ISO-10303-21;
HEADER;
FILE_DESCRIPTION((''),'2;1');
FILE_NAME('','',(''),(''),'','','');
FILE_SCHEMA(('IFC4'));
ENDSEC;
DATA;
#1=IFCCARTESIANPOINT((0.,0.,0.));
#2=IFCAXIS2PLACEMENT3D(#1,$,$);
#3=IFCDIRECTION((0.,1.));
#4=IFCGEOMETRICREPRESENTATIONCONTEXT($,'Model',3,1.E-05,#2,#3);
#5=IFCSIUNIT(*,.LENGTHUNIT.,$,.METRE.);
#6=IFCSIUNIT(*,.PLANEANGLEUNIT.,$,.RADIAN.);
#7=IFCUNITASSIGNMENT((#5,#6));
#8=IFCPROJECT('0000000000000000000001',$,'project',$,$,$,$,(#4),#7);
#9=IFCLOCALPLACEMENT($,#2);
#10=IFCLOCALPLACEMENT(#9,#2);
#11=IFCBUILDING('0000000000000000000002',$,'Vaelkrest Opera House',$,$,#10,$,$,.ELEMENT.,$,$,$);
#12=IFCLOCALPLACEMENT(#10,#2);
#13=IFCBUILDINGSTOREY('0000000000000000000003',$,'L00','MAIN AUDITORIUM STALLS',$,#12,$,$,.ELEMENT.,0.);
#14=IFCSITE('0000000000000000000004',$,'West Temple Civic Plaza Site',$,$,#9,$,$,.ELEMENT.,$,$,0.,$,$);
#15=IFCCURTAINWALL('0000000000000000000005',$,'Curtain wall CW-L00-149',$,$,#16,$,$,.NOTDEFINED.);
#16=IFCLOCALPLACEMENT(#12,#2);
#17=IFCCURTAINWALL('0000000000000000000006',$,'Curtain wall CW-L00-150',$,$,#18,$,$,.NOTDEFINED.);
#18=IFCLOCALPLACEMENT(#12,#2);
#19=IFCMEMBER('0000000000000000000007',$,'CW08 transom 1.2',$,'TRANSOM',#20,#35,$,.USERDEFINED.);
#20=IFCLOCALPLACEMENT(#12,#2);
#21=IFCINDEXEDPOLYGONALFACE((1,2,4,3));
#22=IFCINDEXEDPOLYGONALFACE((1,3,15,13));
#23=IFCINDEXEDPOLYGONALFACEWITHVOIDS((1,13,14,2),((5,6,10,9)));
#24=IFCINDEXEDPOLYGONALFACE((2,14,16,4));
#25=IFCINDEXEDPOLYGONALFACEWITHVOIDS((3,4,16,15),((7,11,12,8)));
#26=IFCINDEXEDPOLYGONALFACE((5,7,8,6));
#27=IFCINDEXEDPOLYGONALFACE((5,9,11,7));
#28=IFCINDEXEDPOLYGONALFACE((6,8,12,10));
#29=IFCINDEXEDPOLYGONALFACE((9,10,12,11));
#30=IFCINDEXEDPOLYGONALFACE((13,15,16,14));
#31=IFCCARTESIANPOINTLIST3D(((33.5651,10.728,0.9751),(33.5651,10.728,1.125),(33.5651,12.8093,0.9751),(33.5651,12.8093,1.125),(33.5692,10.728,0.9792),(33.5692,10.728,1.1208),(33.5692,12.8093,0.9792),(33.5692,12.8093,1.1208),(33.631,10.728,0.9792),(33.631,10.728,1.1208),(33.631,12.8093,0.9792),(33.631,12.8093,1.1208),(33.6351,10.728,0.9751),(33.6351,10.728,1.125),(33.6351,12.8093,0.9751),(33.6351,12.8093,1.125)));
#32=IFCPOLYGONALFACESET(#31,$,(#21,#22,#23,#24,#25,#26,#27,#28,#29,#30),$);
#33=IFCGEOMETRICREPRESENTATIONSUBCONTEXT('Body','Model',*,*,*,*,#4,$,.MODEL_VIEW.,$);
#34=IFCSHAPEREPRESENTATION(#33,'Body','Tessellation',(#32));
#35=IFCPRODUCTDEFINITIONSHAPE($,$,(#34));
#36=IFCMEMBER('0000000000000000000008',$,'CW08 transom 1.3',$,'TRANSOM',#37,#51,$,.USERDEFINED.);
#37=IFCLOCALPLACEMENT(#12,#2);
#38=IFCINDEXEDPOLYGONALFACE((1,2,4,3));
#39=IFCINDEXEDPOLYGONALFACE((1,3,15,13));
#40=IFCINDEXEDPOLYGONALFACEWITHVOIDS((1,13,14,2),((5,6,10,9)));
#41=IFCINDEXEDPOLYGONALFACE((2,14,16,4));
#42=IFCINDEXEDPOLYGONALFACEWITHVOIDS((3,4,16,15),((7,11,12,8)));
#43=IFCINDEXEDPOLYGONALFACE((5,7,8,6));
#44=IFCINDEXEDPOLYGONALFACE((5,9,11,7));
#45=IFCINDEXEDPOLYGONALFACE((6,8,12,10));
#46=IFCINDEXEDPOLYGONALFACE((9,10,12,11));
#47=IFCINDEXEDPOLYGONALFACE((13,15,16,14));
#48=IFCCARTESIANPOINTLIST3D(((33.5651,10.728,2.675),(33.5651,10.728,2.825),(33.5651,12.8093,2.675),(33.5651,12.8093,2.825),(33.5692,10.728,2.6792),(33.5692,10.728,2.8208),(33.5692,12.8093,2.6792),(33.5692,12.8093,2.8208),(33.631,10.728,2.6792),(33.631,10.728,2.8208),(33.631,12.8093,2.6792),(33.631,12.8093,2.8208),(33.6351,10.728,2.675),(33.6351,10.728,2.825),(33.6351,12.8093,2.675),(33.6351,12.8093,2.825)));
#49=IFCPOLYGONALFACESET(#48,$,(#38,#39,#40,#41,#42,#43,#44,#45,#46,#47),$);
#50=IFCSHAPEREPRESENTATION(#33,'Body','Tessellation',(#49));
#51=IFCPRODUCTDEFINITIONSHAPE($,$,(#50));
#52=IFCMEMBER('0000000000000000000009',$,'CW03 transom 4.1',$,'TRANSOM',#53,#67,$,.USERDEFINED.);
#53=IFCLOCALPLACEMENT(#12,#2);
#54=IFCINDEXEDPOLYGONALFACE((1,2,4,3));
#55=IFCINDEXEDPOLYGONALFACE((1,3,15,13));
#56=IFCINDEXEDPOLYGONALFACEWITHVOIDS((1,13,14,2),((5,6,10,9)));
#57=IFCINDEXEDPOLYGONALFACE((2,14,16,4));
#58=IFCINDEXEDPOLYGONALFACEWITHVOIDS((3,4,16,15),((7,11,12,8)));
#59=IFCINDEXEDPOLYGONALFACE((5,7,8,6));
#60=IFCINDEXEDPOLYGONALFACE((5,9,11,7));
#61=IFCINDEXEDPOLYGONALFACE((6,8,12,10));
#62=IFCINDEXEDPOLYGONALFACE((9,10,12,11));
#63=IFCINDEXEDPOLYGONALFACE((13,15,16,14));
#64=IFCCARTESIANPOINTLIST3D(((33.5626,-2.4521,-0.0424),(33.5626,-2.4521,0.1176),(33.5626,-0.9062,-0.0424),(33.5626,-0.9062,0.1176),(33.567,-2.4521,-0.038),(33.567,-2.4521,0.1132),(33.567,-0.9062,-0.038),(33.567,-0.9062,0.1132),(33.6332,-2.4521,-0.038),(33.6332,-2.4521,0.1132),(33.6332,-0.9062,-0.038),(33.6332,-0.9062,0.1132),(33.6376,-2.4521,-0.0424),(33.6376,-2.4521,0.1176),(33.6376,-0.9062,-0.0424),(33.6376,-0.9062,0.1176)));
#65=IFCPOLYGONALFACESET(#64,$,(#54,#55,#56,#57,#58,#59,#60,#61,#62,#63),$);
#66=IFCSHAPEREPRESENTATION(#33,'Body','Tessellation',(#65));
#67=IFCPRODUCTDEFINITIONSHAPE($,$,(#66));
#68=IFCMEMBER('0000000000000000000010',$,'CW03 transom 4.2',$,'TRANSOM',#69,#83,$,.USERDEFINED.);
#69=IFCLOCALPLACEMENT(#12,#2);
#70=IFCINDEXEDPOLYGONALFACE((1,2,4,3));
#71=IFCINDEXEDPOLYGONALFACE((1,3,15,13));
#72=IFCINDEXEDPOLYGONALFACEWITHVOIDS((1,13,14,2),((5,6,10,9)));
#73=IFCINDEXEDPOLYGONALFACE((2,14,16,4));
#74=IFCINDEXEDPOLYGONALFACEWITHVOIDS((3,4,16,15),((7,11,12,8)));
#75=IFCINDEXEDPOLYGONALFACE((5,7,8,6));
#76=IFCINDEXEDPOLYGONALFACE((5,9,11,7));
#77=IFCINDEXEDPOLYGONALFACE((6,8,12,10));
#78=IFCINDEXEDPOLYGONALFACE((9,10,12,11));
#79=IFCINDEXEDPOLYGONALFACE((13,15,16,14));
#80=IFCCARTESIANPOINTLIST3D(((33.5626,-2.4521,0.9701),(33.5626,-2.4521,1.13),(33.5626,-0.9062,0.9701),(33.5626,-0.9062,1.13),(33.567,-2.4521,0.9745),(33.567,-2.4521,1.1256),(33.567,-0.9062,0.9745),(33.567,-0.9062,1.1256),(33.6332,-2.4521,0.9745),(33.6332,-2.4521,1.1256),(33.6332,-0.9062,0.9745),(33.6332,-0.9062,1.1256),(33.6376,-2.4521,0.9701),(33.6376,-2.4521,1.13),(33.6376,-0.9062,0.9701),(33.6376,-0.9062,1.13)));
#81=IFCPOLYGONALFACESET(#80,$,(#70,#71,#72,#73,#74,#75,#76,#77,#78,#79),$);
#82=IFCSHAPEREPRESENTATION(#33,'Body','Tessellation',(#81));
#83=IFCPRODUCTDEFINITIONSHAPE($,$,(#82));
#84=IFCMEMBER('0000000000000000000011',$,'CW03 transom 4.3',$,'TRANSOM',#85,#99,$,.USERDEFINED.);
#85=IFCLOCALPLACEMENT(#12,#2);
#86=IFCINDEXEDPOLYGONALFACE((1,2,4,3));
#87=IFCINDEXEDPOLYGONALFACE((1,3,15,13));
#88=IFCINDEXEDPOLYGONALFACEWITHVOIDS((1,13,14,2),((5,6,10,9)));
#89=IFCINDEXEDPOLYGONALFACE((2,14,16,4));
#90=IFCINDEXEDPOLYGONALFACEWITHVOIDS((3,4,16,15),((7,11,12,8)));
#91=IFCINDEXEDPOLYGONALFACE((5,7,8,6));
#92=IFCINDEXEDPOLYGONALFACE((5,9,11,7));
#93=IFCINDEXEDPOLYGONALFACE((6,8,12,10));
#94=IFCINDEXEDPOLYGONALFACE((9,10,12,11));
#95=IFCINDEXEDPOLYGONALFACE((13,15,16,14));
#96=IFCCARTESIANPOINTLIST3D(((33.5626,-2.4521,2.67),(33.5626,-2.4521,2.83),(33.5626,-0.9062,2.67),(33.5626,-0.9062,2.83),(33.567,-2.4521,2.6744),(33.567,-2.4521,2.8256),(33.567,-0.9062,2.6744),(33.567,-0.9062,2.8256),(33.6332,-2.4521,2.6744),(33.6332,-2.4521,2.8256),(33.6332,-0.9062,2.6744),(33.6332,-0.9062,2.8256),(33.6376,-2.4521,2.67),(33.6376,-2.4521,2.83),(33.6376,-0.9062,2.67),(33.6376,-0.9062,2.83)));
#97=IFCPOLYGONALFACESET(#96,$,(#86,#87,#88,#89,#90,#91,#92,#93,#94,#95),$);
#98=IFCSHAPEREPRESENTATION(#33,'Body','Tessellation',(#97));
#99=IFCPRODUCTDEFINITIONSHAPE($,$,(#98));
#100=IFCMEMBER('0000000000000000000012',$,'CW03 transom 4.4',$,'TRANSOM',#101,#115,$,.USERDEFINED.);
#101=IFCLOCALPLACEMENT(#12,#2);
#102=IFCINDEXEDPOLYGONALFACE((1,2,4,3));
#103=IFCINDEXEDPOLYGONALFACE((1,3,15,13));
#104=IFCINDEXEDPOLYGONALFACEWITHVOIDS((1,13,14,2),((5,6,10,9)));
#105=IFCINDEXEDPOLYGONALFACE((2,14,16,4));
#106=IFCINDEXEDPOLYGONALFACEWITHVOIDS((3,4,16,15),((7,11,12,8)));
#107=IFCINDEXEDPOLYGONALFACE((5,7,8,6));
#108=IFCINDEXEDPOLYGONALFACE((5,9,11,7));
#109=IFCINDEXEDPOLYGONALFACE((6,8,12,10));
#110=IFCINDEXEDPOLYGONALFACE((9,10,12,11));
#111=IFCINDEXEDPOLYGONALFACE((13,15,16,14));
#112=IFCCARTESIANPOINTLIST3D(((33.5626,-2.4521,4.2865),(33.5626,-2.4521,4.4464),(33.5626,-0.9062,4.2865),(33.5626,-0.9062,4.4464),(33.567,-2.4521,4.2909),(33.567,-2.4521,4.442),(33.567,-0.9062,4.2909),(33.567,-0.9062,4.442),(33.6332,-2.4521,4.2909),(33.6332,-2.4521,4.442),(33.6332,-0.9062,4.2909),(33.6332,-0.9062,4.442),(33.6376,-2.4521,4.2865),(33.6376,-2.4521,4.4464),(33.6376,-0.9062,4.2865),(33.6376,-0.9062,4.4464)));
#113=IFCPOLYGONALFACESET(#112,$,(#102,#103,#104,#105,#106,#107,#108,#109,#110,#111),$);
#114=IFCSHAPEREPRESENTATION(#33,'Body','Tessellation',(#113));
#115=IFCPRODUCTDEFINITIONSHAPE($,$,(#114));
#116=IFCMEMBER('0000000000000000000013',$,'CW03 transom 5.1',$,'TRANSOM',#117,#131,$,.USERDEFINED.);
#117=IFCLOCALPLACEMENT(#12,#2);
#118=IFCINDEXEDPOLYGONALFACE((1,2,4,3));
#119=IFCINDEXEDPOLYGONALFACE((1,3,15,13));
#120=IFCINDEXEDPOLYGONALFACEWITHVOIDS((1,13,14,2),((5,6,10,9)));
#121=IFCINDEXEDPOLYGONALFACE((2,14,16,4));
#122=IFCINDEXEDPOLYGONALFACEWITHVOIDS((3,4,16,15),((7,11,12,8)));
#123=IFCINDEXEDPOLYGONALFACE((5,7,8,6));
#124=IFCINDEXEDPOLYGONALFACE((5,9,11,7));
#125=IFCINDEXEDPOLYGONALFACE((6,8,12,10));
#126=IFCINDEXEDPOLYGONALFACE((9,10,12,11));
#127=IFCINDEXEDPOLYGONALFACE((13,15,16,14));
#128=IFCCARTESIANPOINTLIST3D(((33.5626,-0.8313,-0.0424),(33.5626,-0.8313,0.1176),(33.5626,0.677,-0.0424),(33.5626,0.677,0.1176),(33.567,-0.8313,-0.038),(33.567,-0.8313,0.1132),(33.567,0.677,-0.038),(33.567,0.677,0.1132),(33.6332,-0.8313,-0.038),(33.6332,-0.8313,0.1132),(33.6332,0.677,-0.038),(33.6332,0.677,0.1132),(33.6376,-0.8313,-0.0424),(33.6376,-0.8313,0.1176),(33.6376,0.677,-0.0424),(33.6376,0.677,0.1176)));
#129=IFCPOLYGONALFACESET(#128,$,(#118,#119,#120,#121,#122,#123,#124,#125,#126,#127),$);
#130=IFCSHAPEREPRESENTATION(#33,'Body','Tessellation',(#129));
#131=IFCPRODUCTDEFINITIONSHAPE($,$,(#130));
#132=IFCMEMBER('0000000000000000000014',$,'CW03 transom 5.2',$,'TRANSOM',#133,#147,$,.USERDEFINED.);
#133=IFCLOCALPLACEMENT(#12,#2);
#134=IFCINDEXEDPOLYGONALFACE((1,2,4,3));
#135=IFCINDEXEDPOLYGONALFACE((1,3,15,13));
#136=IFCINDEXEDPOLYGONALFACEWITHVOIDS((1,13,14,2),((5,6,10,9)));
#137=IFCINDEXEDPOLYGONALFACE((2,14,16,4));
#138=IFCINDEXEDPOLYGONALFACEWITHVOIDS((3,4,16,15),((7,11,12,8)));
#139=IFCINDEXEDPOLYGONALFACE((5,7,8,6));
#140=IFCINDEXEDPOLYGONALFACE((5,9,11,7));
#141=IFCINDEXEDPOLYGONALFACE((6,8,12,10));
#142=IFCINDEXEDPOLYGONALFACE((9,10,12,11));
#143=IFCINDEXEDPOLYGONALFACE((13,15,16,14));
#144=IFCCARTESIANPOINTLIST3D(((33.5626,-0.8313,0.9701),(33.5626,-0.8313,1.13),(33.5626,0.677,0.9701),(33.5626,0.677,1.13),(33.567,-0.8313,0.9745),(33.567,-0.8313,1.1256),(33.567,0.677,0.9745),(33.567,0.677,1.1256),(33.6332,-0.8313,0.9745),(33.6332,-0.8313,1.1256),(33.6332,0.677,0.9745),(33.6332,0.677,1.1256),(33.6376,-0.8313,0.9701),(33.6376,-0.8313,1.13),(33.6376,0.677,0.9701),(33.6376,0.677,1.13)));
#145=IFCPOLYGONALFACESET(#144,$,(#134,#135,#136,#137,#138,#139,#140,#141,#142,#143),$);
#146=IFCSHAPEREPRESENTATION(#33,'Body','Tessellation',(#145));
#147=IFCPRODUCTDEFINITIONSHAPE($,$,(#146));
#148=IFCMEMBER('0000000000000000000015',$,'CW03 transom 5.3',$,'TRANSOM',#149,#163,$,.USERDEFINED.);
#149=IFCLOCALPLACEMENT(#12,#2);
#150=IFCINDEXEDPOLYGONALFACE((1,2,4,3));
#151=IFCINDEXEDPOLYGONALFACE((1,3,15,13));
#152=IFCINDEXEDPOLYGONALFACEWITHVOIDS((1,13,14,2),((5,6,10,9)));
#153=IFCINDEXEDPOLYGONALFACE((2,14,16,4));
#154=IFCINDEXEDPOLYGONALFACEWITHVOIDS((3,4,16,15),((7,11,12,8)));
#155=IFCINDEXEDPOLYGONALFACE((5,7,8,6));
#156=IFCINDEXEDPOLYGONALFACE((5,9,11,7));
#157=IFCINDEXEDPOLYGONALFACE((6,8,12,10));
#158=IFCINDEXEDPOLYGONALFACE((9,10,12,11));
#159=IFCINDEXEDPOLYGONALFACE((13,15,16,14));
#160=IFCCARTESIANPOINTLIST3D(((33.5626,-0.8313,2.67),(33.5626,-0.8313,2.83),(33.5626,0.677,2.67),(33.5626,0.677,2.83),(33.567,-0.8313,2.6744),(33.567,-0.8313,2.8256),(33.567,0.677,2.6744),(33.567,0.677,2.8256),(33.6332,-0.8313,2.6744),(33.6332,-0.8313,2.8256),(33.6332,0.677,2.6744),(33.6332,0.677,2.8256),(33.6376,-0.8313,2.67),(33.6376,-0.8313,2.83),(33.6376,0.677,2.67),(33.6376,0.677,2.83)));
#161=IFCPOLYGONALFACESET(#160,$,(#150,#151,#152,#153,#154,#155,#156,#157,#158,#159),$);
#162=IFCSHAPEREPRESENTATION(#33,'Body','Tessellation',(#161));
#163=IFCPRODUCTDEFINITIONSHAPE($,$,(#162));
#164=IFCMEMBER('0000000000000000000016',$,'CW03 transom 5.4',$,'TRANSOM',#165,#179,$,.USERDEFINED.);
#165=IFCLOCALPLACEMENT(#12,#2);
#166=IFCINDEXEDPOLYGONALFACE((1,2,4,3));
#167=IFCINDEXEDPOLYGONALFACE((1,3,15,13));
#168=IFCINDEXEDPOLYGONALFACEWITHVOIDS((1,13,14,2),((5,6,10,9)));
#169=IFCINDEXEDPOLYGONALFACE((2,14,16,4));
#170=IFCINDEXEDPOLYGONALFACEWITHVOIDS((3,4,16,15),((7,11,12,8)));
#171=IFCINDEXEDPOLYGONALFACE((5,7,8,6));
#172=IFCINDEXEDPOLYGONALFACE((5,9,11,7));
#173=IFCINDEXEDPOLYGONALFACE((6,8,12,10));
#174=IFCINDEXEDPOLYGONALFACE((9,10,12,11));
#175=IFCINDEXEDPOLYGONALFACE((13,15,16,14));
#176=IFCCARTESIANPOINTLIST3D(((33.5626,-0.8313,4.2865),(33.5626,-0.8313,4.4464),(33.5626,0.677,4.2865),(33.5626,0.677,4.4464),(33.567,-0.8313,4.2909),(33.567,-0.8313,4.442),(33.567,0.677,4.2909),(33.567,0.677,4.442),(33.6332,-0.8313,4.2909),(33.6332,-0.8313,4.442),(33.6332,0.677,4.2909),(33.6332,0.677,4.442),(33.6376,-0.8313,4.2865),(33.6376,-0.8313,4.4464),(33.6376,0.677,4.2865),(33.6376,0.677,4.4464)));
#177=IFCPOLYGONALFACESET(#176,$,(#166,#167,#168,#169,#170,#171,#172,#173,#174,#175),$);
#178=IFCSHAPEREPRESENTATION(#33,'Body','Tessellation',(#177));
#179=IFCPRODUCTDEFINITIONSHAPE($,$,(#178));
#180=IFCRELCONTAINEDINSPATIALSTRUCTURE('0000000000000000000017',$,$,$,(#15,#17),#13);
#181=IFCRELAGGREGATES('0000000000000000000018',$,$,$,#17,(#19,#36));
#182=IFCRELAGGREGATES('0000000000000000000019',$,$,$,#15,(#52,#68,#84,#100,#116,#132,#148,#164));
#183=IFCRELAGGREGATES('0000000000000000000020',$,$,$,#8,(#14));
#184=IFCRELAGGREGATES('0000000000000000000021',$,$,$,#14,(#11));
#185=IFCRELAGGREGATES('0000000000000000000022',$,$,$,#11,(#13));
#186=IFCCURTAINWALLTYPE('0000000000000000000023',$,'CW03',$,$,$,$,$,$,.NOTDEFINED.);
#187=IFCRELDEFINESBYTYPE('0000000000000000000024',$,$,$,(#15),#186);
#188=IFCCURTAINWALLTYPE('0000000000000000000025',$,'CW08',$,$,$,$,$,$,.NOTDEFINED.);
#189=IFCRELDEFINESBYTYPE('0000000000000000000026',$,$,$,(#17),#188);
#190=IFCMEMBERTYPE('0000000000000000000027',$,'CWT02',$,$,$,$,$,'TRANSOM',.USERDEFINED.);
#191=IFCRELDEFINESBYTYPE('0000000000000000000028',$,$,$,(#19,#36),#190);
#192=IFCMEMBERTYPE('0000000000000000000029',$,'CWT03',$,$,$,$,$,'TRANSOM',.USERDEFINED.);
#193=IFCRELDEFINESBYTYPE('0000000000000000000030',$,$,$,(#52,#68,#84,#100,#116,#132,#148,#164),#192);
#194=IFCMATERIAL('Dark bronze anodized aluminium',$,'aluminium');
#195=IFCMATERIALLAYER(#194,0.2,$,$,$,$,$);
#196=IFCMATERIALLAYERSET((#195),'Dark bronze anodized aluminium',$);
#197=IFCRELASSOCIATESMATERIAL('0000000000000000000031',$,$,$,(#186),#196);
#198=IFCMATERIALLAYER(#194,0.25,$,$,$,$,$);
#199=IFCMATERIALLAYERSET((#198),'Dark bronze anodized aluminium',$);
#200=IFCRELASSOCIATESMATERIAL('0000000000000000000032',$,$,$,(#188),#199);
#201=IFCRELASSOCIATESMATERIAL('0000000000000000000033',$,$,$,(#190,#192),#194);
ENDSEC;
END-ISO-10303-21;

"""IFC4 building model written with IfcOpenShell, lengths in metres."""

from ifc_helpers import new_model, si_unit, direction, frame, origin, origin_2d, place, context, subcontext, project, spatial, hollow_rectangle, extrude, material, layer, layer_set, material_profile, profile_set, type_object, element, aggregate, save


model = new_model("IFC4")

# Units and contexts
model_context = context("Model", 3, precision=1e-05, world=origin(), true_north=direction((0.0, 1.0)))
body_context = subcontext(model_context, "Body", "Model", "MODEL_VIEW")
ifc_project = project(units=[si_unit("LENGTHUNIT", "METRE"), si_unit("PLANEANGLEUNIT", "RADIAN")], contexts=[model_context])

# Site, building, storey
site_placement = place(None, origin())
site = spatial("IfcSite", under=ifc_project, at=site_placement, Name="West Temple Civic Plaza Site", CompositionType="ELEMENT", RefElevation=0.0)
building_placement = place(site_placement, origin())
building = spatial("IfcBuilding", under=site, at=building_placement, Name="Vaelkrest Opera House", CompositionType="ELEMENT")
storey_placement = place(building_placement, origin())
storey = spatial("IfcBuildingStorey", under=building, at=storey_placement, Name="L00", Description="MAIN AUDITORIUM STALLS", CompositionType="ELEMENT", Elevation=0.0)

# Curtain walls, members
ifc_material_1 = material(Name="Dark bronze anodized aluminium", Category="aluminium")
ifc_layer_1 = layer(ifc_material_1, 0.2)
ifc_layer_set_1 = layer_set([ifc_layer_1], Name="Dark bronze anodized aluminium")
curtain_wall_type_1 = type_object("IfcCurtainWallType", Name="CW03", PredefinedType="NOTDEFINED", material=ifc_layer_set_1)
curtain_wall_1_placement = place(storey_placement, origin())
curtain_wall_1 = element("IfcCurtainWall", 1, at=curtain_wall_1_placement, inside=storey, type_object=curtain_wall_type_1, Name="Curtain wall CW-L00-149", PredefinedType="NOTDEFINED")
ifc_layer_2 = layer(ifc_material_1, 0.25)
ifc_layer_set_2 = layer_set([ifc_layer_2], Name="Dark bronze anodized aluminium")
curtain_wall_type_2 = type_object("IfcCurtainWallType", Name="CW08", PredefinedType="NOTDEFINED", material=ifc_layer_set_2)
curtain_wall_2_placement = place(storey_placement, origin())
curtain_wall_2 = element("IfcCurtainWall", 2, at=curtain_wall_2_placement, inside=storey, type_object=curtain_wall_type_2, Name="Curtain wall CW-L00-150", PredefinedType="NOTDEFINED")
ifc_material_profile_1 = material_profile(ifc_material_1, hollow_rectangle(XDim=0.0701, YDim=0.1499, WallThickness=0.0042, at=origin_2d()), Name="CWT70X150")
ifc_profile_set_1 = profile_set([ifc_material_profile_1], Name="Dark bronze anodized aluminium")
member_type_1 = type_object("IfcMemberType", Name="CWT02", ElementType="TRANSOM", PredefinedType="USERDEFINED", material=ifc_profile_set_1)
member_1_placement = place(storey_placement, frame((33.6001, 10.728, 1.05), z_axis=(0.0, 1.0, 0.0), x_axis=(-1.0, 0.0, 0.0)))
member_1 = element("IfcMember", 3, at=member_1_placement, type_object=member_type_1, Name="CW08 transom 1.2", ObjectType="TRANSOM", PredefinedType="USERDEFINED", context=body_context, shape_type="SweptSolid", body=[
    extrude(hollow_rectangle(XDim=0.0701, YDim=0.1499, WallThickness=0.0042, at=origin_2d()), origin(), (0.0, 0.0, 1.0), 2.0813),
])
member_2_placement = place(storey_placement, frame((33.6001, 10.728, 2.75), z_axis=(0.0, 1.0, 0.0), x_axis=(-1.0, 0.0, 0.0)))
member_2 = element("IfcMember", 4, at=member_2_placement, type_object=member_type_1, Name="CW08 transom 1.3", ObjectType="TRANSOM", PredefinedType="USERDEFINED", context=body_context, shape_type="SweptSolid", body=[
    extrude(hollow_rectangle(XDim=0.0701, YDim=0.1499, WallThickness=0.0042, at=origin_2d()), origin(), (0.0, 0.0, 1.0), 2.0813),
])
aggregate(curtain_wall_2, [member_1, member_2])

# Members
ifc_material_profile_2 = material_profile(ifc_material_1, hollow_rectangle(XDim=0.075, YDim=0.1599, WallThickness=0.0044, at=origin_2d()), Name="CWT75X160")
ifc_profile_set_2 = profile_set([ifc_material_profile_2], Name="Dark bronze anodized aluminium")
member_type_2 = type_object("IfcMemberType", Name="CWT03", ElementType="TRANSOM", PredefinedType="USERDEFINED", material=ifc_profile_set_2)
member_3_placement = place(storey_placement, frame((33.6001, -2.4521, 0.0376), z_axis=(0.0, 1.0, 0.0), x_axis=(-1.0, 0.0, 0.0)))
member_3 = element("IfcMember", 5, at=member_3_placement, type_object=member_type_2, Name="CW03 transom 4.1", ObjectType="TRANSOM", PredefinedType="USERDEFINED", context=body_context, shape_type="SweptSolid", body=[
    extrude(hollow_rectangle(XDim=0.075, YDim=0.1599, WallThickness=0.0044, at=origin_2d()), origin(), (0.0, 0.0, 1.0), 1.5459),
])
member_4_placement = place(storey_placement, frame((33.6001, -2.4521, 1.05), z_axis=(0.0, 1.0, 0.0), x_axis=(-1.0, 0.0, 0.0)))
member_4 = element("IfcMember", 6, at=member_4_placement, type_object=member_type_2, Name="CW03 transom 4.2", ObjectType="TRANSOM", PredefinedType="USERDEFINED", context=body_context, shape_type="SweptSolid", body=[
    extrude(hollow_rectangle(XDim=0.075, YDim=0.1599, WallThickness=0.0044, at=origin_2d()), origin(), (0.0, 0.0, 1.0), 1.5459),
])
member_5_placement = place(storey_placement, frame((33.6001, -2.4521, 2.75), z_axis=(0.0, 1.0, 0.0), x_axis=(-1.0, 0.0, 0.0)))
member_5 = element("IfcMember", 7, at=member_5_placement, type_object=member_type_2, Name="CW03 transom 4.3", ObjectType="TRANSOM", PredefinedType="USERDEFINED", context=body_context, shape_type="SweptSolid", body=[
    extrude(hollow_rectangle(XDim=0.075, YDim=0.1599, WallThickness=0.0044, at=origin_2d()), origin(), (0.0, 0.0, 1.0), 1.5459),
])
member_6_placement = place(storey_placement, frame((33.6001, -2.4521, 4.3665), z_axis=(0.0, 1.0, 0.0), x_axis=(-1.0, 0.0, 0.0)))
member_6 = element("IfcMember", 8, at=member_6_placement, type_object=member_type_2, Name="CW03 transom 4.4", ObjectType="TRANSOM", PredefinedType="USERDEFINED", context=body_context, shape_type="SweptSolid", body=[
    extrude(hollow_rectangle(XDim=0.075, YDim=0.1599, WallThickness=0.0044, at=origin_2d()), origin(), (0.0, 0.0, 1.0), 1.5459),
])
member_7_placement = place(storey_placement, frame((33.6001, -0.8313, 0.0376), z_axis=(0.0, 1.0, 0.0), x_axis=(-1.0, 0.0, 0.0)))
member_7 = element("IfcMember", 9, at=member_7_placement, type_object=member_type_2, Name="CW03 transom 5.1", ObjectType="TRANSOM", PredefinedType="USERDEFINED", context=body_context, shape_type="SweptSolid", body=[
    extrude(hollow_rectangle(XDim=0.075, YDim=0.1599, WallThickness=0.0044, at=origin_2d()), origin(), (0.0, 0.0, 1.0), 1.5083),
])
member_8_placement = place(storey_placement, frame((33.6001, -0.8313, 1.05), z_axis=(0.0, 1.0, 0.0), x_axis=(-1.0, 0.0, 0.0)))
member_8 = element("IfcMember", 10, at=member_8_placement, type_object=member_type_2, Name="CW03 transom 5.2", ObjectType="TRANSOM", PredefinedType="USERDEFINED", context=body_context, shape_type="SweptSolid", body=[
    extrude(hollow_rectangle(XDim=0.075, YDim=0.1599, WallThickness=0.0044, at=origin_2d()), origin(), (0.0, 0.0, 1.0), 1.5083),
])
member_9_placement = place(storey_placement, frame((33.6001, -0.8313, 2.75), z_axis=(0.0, 1.0, 0.0), x_axis=(-1.0, 0.0, 0.0)))
member_9 = element("IfcMember", 11, at=member_9_placement, type_object=member_type_2, Name="CW03 transom 5.3", ObjectType="TRANSOM", PredefinedType="USERDEFINED", context=body_context, shape_type="SweptSolid", body=[
    extrude(hollow_rectangle(XDim=0.075, YDim=0.1599, WallThickness=0.0044, at=origin_2d()), origin(), (0.0, 0.0, 1.0), 1.5083),
])
member_10_placement = place(storey_placement, frame((33.6001, -0.8313, 4.3665), z_axis=(0.0, 1.0, 0.0), x_axis=(-1.0, 0.0, 0.0)))
member_10 = element("IfcMember", 12, at=member_10_placement, type_object=member_type_2, Name="CW03 transom 5.4", ObjectType="TRANSOM", PredefinedType="USERDEFINED", context=body_context, shape_type="SweptSolid", body=[
    extrude(hollow_rectangle(XDim=0.075, YDim=0.1599, WallThickness=0.0044, at=origin_2d()), origin(), (0.0, 0.0, 1.0), 1.5083),
])

aggregate(curtain_wall_1, [member_3, member_4, member_5, member_6, member_7, member_8, member_9, member_10])

save(model, "model.ifc")
